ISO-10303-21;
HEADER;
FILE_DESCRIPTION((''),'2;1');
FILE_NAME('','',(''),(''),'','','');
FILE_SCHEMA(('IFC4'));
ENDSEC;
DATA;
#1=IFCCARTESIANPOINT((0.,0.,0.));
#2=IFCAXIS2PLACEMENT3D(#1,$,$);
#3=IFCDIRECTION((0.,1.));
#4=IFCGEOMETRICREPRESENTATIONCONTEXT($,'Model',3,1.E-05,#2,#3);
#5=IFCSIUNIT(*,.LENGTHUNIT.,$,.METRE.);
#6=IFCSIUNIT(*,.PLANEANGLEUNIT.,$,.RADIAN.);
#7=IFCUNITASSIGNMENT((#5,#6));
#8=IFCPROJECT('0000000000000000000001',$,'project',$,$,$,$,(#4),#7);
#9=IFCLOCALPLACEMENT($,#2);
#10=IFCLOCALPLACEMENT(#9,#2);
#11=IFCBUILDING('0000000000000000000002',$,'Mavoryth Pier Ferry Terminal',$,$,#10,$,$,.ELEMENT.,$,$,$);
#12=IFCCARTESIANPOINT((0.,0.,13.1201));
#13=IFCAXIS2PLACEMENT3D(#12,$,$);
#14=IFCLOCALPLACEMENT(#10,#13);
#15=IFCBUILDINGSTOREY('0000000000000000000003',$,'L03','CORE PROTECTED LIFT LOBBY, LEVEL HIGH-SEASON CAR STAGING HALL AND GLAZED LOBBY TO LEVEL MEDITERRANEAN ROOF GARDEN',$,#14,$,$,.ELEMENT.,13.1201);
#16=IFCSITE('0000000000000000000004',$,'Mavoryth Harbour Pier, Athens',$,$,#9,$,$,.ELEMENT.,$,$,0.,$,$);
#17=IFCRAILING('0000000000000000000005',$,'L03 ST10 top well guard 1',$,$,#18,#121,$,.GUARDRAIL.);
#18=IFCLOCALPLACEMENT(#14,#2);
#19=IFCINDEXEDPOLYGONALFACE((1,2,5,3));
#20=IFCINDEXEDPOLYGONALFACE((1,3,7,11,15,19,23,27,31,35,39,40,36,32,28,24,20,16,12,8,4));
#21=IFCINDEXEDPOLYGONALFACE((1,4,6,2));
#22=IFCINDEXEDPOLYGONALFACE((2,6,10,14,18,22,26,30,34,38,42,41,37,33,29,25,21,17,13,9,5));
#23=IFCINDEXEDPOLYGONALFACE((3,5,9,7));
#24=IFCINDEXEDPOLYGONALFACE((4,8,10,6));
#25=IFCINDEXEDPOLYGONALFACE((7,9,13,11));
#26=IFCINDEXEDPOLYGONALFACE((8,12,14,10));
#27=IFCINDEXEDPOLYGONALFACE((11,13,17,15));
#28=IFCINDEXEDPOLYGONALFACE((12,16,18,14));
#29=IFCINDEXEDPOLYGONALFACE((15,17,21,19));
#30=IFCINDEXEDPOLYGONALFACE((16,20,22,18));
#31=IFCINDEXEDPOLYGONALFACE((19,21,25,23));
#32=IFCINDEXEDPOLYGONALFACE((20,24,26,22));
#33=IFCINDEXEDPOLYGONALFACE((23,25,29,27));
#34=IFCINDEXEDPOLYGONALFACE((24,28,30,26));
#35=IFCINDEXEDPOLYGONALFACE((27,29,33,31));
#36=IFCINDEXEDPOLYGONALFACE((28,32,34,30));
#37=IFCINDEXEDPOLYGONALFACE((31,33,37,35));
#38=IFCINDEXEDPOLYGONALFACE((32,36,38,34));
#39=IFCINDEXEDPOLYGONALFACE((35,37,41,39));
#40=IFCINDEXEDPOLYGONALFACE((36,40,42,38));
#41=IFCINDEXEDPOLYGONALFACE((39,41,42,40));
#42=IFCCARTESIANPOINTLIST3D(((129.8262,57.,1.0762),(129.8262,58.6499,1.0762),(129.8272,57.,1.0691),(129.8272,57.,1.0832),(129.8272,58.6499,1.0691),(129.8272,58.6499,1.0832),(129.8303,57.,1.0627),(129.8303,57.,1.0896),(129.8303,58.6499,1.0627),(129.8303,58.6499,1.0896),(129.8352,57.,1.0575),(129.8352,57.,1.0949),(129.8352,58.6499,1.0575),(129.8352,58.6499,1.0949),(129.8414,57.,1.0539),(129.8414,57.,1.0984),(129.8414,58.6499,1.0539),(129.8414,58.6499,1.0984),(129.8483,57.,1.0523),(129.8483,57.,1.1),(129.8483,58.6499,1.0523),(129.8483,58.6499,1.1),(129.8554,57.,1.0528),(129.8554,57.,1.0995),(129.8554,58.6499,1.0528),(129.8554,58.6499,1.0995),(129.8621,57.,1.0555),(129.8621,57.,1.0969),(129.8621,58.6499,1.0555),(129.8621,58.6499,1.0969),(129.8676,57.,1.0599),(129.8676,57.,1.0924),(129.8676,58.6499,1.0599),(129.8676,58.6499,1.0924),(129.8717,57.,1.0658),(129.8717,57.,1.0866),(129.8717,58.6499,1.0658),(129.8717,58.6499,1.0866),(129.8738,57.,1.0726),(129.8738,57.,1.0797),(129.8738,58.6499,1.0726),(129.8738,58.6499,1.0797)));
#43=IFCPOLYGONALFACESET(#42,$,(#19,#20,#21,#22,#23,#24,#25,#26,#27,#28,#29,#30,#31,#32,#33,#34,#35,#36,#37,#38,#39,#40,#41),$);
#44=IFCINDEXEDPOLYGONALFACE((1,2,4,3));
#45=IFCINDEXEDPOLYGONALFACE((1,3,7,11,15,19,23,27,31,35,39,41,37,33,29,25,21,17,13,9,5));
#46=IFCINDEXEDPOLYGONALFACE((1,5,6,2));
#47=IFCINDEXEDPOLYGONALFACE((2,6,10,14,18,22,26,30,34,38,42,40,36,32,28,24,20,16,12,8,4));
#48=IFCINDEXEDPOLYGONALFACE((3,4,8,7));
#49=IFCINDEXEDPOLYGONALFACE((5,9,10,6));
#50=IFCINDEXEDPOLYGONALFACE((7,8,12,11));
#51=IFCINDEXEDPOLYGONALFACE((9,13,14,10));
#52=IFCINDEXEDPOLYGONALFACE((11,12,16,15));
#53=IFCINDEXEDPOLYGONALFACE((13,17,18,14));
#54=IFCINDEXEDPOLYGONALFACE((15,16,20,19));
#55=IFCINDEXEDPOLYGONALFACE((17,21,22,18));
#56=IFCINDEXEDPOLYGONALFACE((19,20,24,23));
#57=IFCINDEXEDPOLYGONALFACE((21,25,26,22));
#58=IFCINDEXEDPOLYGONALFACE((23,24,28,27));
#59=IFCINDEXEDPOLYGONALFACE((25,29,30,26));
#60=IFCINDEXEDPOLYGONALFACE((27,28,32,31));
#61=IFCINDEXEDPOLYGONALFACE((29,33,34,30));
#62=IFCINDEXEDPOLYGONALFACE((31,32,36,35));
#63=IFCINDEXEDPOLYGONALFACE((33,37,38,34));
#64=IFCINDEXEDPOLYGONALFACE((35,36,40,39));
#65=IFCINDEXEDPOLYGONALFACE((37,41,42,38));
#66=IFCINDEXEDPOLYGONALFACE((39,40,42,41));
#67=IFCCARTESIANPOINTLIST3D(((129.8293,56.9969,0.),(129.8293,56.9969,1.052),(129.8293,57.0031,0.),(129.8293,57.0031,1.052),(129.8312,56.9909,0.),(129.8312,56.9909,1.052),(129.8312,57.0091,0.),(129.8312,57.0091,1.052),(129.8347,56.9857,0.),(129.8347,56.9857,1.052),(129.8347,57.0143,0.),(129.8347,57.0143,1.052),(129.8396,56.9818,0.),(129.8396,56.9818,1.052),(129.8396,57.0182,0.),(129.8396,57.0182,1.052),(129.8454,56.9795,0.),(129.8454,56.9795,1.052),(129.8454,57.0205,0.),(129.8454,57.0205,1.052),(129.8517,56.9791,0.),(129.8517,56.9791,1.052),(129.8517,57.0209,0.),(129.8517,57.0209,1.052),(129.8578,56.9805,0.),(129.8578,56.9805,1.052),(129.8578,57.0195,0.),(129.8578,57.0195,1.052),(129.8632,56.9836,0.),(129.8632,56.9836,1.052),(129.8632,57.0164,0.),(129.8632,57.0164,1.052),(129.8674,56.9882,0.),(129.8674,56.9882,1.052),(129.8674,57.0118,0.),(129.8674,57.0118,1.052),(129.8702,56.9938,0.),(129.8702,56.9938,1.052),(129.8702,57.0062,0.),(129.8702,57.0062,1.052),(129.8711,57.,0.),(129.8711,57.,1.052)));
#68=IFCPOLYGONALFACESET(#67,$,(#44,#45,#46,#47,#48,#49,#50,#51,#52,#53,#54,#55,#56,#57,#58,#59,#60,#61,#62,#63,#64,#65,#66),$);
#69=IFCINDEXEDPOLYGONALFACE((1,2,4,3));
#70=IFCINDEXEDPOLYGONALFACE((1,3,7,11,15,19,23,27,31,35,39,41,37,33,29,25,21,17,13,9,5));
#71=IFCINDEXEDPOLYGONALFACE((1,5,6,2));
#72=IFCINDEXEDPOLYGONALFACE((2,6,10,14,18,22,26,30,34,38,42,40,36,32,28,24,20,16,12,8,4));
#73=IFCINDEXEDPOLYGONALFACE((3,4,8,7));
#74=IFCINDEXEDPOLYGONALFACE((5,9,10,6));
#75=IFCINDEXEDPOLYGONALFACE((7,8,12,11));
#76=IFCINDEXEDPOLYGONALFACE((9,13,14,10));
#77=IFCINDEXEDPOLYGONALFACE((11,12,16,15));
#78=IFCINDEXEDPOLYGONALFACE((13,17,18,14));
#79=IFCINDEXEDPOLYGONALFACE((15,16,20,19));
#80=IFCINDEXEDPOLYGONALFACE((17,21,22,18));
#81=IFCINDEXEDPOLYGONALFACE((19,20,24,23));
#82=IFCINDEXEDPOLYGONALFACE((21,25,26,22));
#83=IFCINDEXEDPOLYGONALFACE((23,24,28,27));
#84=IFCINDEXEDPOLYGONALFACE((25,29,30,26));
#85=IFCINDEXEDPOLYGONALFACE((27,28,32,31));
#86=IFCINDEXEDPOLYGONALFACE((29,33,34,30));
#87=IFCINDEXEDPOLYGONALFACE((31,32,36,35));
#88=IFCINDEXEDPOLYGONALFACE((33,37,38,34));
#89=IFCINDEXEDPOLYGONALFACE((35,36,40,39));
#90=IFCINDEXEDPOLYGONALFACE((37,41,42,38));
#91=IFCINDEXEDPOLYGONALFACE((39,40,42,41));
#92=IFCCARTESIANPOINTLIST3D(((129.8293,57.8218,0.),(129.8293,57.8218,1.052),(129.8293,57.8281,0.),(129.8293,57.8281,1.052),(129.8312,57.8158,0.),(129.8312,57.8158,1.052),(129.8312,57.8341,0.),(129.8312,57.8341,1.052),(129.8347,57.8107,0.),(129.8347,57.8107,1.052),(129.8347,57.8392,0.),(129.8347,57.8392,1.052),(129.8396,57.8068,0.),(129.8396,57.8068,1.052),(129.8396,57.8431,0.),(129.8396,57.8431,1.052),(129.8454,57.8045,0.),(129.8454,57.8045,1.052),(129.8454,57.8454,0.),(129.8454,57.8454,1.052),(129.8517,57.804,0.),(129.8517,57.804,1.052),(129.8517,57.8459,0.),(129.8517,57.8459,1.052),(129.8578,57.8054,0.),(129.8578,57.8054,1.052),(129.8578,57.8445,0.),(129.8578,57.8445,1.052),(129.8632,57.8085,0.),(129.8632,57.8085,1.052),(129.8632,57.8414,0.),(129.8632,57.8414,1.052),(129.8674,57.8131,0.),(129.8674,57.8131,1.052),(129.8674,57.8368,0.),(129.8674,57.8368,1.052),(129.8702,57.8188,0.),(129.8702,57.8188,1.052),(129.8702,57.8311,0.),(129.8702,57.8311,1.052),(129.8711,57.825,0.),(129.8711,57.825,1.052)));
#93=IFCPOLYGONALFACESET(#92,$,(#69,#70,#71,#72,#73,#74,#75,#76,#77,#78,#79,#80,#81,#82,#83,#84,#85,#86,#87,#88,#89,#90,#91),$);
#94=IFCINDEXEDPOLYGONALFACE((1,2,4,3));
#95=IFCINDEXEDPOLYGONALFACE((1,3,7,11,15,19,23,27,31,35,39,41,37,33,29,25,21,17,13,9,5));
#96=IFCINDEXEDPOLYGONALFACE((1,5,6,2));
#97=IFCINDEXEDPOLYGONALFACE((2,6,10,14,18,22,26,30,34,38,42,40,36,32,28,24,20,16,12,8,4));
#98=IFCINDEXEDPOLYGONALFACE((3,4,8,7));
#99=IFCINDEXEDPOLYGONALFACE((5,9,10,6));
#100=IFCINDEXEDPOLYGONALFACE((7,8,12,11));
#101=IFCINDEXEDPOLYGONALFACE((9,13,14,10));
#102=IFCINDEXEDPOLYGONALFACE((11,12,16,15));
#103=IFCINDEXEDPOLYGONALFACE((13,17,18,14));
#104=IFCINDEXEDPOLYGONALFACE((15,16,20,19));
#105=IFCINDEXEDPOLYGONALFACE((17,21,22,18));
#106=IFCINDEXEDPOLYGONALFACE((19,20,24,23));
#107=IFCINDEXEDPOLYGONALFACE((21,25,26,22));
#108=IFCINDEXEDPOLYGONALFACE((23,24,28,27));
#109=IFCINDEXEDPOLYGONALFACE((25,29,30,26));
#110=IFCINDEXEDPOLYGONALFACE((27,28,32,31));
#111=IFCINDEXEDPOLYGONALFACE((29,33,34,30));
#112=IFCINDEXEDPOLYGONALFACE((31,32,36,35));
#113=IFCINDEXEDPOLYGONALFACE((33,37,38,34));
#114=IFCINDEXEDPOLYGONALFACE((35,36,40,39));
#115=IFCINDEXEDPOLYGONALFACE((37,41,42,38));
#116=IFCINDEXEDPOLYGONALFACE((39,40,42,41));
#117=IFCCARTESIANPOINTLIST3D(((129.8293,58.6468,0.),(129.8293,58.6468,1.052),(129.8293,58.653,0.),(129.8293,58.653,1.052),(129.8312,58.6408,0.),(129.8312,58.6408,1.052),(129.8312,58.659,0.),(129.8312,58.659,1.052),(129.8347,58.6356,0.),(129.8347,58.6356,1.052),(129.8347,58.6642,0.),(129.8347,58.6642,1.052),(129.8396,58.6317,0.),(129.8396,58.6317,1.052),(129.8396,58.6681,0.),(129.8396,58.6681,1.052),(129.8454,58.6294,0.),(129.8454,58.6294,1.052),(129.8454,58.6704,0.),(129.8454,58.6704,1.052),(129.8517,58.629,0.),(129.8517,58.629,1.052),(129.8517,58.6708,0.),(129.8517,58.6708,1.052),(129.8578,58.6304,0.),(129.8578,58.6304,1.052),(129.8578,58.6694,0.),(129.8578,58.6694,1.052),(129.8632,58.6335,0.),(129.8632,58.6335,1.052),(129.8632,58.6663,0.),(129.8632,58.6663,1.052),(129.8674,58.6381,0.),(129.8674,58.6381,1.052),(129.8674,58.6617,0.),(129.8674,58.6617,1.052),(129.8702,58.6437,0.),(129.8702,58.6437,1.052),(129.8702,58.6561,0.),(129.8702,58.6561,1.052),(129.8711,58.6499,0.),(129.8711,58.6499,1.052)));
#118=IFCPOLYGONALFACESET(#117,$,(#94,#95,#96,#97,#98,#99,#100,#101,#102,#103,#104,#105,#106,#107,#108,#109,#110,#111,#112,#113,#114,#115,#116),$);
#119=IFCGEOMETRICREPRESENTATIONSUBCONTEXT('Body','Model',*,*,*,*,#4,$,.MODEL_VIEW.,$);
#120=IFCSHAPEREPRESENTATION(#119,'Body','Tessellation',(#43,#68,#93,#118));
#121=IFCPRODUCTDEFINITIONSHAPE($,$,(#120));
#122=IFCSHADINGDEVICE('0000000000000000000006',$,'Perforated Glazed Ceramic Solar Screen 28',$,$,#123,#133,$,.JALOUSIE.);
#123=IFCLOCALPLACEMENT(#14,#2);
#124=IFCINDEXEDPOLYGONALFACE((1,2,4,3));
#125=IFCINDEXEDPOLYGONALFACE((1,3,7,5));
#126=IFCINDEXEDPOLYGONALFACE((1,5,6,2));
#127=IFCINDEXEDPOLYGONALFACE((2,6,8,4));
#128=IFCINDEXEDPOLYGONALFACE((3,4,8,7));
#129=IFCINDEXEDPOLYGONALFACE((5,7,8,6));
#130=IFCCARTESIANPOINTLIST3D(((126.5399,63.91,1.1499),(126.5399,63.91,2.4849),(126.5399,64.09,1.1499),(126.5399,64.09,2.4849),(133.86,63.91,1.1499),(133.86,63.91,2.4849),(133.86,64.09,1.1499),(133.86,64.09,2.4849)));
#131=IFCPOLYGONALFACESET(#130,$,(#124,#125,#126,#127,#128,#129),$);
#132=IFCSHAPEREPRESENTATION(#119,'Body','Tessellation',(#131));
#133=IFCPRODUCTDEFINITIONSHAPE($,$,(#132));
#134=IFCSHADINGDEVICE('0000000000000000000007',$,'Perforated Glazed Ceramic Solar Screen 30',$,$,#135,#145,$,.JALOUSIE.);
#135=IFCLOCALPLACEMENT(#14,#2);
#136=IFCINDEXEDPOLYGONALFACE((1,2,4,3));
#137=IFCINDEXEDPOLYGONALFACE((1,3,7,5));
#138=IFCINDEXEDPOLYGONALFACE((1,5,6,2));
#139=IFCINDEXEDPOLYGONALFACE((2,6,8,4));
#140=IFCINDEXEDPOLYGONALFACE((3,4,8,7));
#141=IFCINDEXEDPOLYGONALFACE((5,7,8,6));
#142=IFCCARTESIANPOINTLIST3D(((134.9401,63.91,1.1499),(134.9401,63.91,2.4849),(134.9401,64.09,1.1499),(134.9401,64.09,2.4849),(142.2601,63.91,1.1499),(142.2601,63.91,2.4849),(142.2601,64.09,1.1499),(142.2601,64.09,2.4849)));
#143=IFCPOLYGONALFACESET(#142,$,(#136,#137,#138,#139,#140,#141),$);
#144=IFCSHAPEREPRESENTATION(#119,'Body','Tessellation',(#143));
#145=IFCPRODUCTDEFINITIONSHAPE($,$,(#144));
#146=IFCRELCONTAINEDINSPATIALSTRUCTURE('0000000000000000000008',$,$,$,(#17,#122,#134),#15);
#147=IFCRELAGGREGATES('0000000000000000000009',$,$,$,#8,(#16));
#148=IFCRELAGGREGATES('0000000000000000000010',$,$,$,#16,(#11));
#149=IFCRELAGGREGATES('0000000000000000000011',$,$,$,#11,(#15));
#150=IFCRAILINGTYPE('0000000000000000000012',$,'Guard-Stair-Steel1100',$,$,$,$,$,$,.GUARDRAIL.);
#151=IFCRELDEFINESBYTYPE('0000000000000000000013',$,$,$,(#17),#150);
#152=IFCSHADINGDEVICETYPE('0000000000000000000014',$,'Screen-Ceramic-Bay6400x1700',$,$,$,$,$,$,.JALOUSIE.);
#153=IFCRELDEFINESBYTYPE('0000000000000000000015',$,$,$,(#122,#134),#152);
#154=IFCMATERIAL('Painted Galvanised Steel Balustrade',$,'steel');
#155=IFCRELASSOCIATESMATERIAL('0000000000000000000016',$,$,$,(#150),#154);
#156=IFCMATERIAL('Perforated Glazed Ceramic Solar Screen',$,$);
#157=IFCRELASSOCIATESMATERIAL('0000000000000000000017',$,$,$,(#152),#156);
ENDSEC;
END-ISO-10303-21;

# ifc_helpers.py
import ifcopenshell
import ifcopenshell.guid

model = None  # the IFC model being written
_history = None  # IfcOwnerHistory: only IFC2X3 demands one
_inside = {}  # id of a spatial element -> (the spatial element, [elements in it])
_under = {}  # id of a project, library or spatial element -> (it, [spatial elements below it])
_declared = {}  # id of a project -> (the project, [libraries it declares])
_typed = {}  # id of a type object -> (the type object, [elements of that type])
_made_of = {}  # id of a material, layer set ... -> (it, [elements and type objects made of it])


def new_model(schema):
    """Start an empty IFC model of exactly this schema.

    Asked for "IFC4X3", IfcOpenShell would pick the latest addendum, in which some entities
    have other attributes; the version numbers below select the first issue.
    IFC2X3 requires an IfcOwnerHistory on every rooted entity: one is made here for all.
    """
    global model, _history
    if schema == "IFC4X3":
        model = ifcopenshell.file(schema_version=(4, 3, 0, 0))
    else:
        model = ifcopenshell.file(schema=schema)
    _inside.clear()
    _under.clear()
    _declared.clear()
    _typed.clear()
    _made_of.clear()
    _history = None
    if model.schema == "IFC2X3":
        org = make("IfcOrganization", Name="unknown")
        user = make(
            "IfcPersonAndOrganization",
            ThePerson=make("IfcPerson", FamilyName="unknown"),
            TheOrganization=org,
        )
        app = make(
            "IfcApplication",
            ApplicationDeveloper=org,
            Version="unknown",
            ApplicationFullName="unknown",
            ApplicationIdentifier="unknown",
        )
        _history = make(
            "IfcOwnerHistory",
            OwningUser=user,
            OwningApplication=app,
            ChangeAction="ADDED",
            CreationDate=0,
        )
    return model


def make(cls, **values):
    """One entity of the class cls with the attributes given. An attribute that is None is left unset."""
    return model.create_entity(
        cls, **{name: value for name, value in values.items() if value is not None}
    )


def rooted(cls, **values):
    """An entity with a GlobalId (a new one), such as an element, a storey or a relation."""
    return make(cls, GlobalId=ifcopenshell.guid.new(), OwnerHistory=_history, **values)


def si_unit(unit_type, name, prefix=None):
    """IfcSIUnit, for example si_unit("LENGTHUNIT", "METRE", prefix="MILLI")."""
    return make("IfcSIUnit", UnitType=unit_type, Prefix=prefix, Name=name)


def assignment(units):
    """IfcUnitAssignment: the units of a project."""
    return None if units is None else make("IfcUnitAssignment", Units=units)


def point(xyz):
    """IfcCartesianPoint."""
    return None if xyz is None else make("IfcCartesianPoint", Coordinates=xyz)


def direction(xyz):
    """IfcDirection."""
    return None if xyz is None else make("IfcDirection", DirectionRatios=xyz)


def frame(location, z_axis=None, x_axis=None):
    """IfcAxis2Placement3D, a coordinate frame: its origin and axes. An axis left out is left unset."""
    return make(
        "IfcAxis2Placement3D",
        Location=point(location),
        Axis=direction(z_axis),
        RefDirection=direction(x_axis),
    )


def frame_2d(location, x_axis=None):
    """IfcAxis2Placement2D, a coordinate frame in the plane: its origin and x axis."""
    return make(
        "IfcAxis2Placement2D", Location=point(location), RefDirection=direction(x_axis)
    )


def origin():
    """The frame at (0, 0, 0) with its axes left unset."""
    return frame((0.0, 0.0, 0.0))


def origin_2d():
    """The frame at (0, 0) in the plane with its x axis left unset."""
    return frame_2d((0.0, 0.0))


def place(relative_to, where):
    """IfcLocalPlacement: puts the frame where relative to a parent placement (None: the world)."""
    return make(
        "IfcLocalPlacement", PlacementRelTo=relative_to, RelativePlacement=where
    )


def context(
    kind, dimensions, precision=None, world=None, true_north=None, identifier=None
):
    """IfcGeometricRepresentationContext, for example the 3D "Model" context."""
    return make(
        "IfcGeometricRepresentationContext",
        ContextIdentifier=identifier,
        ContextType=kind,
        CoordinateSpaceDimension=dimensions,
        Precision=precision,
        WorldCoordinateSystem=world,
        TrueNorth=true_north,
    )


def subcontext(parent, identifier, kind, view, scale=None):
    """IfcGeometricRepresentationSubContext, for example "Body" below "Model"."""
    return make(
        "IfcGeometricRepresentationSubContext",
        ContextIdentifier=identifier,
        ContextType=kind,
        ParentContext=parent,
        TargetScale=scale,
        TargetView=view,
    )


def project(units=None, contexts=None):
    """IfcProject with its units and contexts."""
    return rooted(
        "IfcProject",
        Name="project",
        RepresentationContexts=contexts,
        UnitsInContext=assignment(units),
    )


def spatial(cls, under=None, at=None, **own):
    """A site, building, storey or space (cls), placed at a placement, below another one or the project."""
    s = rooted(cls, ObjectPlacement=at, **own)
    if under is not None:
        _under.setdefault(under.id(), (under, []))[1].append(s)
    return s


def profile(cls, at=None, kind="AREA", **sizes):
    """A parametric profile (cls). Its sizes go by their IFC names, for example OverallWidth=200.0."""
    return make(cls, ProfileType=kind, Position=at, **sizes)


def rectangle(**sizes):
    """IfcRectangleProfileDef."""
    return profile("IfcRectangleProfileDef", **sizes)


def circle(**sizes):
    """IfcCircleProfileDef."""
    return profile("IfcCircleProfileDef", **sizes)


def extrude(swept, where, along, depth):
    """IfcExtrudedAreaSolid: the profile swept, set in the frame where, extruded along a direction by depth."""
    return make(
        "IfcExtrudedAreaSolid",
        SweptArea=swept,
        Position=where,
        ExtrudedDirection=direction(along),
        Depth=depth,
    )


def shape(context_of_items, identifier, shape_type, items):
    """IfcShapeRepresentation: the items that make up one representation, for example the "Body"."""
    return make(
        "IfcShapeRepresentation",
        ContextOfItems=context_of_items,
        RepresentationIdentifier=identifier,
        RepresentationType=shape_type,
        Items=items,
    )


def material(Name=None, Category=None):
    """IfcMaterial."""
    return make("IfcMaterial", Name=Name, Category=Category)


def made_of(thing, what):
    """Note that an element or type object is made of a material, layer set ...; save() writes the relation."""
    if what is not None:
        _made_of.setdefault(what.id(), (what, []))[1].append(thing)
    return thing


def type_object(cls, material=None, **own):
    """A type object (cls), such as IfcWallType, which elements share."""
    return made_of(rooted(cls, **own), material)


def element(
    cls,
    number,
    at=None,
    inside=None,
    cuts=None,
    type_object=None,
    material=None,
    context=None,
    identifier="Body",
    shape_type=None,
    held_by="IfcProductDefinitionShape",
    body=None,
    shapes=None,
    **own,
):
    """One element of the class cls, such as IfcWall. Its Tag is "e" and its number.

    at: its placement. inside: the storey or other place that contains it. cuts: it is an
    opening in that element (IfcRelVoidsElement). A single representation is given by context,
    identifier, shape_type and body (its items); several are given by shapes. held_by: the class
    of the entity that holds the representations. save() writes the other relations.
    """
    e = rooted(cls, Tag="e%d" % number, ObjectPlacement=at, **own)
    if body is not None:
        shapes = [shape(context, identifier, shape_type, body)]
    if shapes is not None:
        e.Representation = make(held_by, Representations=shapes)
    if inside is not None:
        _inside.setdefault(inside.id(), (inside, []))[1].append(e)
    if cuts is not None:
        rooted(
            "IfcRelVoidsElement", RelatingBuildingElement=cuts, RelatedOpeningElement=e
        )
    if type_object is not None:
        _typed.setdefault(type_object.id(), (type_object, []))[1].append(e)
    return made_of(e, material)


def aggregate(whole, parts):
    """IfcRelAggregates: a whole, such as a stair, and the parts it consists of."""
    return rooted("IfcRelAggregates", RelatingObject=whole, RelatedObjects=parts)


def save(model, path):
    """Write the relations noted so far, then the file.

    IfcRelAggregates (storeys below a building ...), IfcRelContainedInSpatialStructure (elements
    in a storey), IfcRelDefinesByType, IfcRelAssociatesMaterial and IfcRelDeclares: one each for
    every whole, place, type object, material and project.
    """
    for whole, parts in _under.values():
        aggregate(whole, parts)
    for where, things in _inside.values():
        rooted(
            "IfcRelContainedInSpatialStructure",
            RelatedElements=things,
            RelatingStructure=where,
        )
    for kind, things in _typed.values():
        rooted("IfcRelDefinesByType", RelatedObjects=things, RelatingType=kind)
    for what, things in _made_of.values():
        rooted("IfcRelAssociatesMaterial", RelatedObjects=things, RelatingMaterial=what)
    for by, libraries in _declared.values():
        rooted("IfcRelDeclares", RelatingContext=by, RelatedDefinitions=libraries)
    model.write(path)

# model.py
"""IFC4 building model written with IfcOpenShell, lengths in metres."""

from ifc_helpers import new_model, si_unit, direction, frame, origin, origin_2d, place, context, subcontext, project, spatial, rectangle, circle, extrude, material, type_object, element, save


model = new_model("IFC4")

# Units and contexts
model_context = context("Model", 3, precision=1e-05, world=origin(), true_north=direction((0.0, 1.0)))
body_context = subcontext(model_context, "Body", "Model", "MODEL_VIEW")
ifc_project = project(units=[si_unit("LENGTHUNIT", "METRE"), si_unit("PLANEANGLEUNIT", "RADIAN")], contexts=[model_context])

# Site, building, storey
site_placement = place(None, origin())
site = spatial("IfcSite", under=ifc_project, at=site_placement, Name="Mavoryth Harbour Pier, Athens", CompositionType="ELEMENT", RefElevation=0.0)
building_placement = place(site_placement, origin())
building = spatial("IfcBuilding", under=site, at=building_placement, Name="Mavoryth Pier Ferry Terminal", CompositionType="ELEMENT")
storey_placement = place(building_placement, frame((0.0, 0.0, 13.1201)))
storey = spatial("IfcBuildingStorey", under=building, at=storey_placement, Name="L03", Description="CORE PROTECTED LIFT LOBBY, LEVEL HIGH-SEASON CAR STAGING HALL AND GLAZED LOBBY TO LEVEL MEDITERRANEAN ROOF GARDEN", CompositionType="ELEMENT", Elevation=13.1201)

# Railing
ifc_material_1 = material(Name="Painted Galvanised Steel Balustrade", Category="steel")
railing_type = type_object("IfcRailingType", Name="Guard-Stair-Steel1100", PredefinedType="GUARDRAIL", material=ifc_material_1)
railing_placement = place(storey_placement, frame((129.8501, 57.0, 0.0)))
element("IfcRailing", 1, at=railing_placement, inside=storey, type_object=railing_type, Name="L03 ST10 top well guard 1", PredefinedType="GUARDRAIL", context=body_context, shape_type="SweptSolid", body=[
    extrude(circle(Radius=0.0239, at=origin_2d()), frame((0.0, 0.0, 1.0762), z_axis=(0.0, 1.0, 0.0), x_axis=(-1.0, 0.0, 0.0)), (0.0, 0.0, 1.0), 1.6499),
    extrude(circle(Radius=0.021, at=origin_2d()), origin(), (0.0, 0.0, 1.0), 1.052),
    extrude(circle(Radius=0.021, at=origin_2d()), frame((0.0, 0.825, 0.0)), (0.0, 0.0, 1.0), 1.052),
    extrude(circle(Radius=0.021, at=origin_2d()), frame((0.0, 1.6499, 0.0)), (0.0, 0.0, 1.0), 1.052),
])

# Shading devices
ifc_material_2 = material(Name="Perforated Glazed Ceramic Solar Screen")
shading_device_type = type_object("IfcShadingDeviceType", Name="Screen-Ceramic-Bay6400x1700", PredefinedType="JALOUSIE", material=ifc_material_2)
for number, where, z_axis, x_axis, name in (
    (2, (130.2, 64.0, 1.1499), (0.0, 0.0, 1.0), (1.0, 0.0, 0.0), "Perforated Glazed Ceramic Solar Screen 28"),
    (3, (138.6001, 64.0, 1.1499), (0.0, 0.0, 1.0), (1.0, 0.0, 0.0), "Perforated Glazed Ceramic Solar Screen 30"),
):
    element("IfcShadingDevice", number, at=place(storey_placement, frame(where, z_axis=z_axis, x_axis=x_axis)), inside=storey, type_object=shading_device_type, Name=name, PredefinedType="JALOUSIE", context=body_context, shape_type="SweptSolid", body=[
        extrude(rectangle(XDim=7.3201, YDim=0.1799, at=origin_2d()), origin(), (0.0, 0.0, 1.0), 1.335),
    ])

save(model, "model.ifc")
